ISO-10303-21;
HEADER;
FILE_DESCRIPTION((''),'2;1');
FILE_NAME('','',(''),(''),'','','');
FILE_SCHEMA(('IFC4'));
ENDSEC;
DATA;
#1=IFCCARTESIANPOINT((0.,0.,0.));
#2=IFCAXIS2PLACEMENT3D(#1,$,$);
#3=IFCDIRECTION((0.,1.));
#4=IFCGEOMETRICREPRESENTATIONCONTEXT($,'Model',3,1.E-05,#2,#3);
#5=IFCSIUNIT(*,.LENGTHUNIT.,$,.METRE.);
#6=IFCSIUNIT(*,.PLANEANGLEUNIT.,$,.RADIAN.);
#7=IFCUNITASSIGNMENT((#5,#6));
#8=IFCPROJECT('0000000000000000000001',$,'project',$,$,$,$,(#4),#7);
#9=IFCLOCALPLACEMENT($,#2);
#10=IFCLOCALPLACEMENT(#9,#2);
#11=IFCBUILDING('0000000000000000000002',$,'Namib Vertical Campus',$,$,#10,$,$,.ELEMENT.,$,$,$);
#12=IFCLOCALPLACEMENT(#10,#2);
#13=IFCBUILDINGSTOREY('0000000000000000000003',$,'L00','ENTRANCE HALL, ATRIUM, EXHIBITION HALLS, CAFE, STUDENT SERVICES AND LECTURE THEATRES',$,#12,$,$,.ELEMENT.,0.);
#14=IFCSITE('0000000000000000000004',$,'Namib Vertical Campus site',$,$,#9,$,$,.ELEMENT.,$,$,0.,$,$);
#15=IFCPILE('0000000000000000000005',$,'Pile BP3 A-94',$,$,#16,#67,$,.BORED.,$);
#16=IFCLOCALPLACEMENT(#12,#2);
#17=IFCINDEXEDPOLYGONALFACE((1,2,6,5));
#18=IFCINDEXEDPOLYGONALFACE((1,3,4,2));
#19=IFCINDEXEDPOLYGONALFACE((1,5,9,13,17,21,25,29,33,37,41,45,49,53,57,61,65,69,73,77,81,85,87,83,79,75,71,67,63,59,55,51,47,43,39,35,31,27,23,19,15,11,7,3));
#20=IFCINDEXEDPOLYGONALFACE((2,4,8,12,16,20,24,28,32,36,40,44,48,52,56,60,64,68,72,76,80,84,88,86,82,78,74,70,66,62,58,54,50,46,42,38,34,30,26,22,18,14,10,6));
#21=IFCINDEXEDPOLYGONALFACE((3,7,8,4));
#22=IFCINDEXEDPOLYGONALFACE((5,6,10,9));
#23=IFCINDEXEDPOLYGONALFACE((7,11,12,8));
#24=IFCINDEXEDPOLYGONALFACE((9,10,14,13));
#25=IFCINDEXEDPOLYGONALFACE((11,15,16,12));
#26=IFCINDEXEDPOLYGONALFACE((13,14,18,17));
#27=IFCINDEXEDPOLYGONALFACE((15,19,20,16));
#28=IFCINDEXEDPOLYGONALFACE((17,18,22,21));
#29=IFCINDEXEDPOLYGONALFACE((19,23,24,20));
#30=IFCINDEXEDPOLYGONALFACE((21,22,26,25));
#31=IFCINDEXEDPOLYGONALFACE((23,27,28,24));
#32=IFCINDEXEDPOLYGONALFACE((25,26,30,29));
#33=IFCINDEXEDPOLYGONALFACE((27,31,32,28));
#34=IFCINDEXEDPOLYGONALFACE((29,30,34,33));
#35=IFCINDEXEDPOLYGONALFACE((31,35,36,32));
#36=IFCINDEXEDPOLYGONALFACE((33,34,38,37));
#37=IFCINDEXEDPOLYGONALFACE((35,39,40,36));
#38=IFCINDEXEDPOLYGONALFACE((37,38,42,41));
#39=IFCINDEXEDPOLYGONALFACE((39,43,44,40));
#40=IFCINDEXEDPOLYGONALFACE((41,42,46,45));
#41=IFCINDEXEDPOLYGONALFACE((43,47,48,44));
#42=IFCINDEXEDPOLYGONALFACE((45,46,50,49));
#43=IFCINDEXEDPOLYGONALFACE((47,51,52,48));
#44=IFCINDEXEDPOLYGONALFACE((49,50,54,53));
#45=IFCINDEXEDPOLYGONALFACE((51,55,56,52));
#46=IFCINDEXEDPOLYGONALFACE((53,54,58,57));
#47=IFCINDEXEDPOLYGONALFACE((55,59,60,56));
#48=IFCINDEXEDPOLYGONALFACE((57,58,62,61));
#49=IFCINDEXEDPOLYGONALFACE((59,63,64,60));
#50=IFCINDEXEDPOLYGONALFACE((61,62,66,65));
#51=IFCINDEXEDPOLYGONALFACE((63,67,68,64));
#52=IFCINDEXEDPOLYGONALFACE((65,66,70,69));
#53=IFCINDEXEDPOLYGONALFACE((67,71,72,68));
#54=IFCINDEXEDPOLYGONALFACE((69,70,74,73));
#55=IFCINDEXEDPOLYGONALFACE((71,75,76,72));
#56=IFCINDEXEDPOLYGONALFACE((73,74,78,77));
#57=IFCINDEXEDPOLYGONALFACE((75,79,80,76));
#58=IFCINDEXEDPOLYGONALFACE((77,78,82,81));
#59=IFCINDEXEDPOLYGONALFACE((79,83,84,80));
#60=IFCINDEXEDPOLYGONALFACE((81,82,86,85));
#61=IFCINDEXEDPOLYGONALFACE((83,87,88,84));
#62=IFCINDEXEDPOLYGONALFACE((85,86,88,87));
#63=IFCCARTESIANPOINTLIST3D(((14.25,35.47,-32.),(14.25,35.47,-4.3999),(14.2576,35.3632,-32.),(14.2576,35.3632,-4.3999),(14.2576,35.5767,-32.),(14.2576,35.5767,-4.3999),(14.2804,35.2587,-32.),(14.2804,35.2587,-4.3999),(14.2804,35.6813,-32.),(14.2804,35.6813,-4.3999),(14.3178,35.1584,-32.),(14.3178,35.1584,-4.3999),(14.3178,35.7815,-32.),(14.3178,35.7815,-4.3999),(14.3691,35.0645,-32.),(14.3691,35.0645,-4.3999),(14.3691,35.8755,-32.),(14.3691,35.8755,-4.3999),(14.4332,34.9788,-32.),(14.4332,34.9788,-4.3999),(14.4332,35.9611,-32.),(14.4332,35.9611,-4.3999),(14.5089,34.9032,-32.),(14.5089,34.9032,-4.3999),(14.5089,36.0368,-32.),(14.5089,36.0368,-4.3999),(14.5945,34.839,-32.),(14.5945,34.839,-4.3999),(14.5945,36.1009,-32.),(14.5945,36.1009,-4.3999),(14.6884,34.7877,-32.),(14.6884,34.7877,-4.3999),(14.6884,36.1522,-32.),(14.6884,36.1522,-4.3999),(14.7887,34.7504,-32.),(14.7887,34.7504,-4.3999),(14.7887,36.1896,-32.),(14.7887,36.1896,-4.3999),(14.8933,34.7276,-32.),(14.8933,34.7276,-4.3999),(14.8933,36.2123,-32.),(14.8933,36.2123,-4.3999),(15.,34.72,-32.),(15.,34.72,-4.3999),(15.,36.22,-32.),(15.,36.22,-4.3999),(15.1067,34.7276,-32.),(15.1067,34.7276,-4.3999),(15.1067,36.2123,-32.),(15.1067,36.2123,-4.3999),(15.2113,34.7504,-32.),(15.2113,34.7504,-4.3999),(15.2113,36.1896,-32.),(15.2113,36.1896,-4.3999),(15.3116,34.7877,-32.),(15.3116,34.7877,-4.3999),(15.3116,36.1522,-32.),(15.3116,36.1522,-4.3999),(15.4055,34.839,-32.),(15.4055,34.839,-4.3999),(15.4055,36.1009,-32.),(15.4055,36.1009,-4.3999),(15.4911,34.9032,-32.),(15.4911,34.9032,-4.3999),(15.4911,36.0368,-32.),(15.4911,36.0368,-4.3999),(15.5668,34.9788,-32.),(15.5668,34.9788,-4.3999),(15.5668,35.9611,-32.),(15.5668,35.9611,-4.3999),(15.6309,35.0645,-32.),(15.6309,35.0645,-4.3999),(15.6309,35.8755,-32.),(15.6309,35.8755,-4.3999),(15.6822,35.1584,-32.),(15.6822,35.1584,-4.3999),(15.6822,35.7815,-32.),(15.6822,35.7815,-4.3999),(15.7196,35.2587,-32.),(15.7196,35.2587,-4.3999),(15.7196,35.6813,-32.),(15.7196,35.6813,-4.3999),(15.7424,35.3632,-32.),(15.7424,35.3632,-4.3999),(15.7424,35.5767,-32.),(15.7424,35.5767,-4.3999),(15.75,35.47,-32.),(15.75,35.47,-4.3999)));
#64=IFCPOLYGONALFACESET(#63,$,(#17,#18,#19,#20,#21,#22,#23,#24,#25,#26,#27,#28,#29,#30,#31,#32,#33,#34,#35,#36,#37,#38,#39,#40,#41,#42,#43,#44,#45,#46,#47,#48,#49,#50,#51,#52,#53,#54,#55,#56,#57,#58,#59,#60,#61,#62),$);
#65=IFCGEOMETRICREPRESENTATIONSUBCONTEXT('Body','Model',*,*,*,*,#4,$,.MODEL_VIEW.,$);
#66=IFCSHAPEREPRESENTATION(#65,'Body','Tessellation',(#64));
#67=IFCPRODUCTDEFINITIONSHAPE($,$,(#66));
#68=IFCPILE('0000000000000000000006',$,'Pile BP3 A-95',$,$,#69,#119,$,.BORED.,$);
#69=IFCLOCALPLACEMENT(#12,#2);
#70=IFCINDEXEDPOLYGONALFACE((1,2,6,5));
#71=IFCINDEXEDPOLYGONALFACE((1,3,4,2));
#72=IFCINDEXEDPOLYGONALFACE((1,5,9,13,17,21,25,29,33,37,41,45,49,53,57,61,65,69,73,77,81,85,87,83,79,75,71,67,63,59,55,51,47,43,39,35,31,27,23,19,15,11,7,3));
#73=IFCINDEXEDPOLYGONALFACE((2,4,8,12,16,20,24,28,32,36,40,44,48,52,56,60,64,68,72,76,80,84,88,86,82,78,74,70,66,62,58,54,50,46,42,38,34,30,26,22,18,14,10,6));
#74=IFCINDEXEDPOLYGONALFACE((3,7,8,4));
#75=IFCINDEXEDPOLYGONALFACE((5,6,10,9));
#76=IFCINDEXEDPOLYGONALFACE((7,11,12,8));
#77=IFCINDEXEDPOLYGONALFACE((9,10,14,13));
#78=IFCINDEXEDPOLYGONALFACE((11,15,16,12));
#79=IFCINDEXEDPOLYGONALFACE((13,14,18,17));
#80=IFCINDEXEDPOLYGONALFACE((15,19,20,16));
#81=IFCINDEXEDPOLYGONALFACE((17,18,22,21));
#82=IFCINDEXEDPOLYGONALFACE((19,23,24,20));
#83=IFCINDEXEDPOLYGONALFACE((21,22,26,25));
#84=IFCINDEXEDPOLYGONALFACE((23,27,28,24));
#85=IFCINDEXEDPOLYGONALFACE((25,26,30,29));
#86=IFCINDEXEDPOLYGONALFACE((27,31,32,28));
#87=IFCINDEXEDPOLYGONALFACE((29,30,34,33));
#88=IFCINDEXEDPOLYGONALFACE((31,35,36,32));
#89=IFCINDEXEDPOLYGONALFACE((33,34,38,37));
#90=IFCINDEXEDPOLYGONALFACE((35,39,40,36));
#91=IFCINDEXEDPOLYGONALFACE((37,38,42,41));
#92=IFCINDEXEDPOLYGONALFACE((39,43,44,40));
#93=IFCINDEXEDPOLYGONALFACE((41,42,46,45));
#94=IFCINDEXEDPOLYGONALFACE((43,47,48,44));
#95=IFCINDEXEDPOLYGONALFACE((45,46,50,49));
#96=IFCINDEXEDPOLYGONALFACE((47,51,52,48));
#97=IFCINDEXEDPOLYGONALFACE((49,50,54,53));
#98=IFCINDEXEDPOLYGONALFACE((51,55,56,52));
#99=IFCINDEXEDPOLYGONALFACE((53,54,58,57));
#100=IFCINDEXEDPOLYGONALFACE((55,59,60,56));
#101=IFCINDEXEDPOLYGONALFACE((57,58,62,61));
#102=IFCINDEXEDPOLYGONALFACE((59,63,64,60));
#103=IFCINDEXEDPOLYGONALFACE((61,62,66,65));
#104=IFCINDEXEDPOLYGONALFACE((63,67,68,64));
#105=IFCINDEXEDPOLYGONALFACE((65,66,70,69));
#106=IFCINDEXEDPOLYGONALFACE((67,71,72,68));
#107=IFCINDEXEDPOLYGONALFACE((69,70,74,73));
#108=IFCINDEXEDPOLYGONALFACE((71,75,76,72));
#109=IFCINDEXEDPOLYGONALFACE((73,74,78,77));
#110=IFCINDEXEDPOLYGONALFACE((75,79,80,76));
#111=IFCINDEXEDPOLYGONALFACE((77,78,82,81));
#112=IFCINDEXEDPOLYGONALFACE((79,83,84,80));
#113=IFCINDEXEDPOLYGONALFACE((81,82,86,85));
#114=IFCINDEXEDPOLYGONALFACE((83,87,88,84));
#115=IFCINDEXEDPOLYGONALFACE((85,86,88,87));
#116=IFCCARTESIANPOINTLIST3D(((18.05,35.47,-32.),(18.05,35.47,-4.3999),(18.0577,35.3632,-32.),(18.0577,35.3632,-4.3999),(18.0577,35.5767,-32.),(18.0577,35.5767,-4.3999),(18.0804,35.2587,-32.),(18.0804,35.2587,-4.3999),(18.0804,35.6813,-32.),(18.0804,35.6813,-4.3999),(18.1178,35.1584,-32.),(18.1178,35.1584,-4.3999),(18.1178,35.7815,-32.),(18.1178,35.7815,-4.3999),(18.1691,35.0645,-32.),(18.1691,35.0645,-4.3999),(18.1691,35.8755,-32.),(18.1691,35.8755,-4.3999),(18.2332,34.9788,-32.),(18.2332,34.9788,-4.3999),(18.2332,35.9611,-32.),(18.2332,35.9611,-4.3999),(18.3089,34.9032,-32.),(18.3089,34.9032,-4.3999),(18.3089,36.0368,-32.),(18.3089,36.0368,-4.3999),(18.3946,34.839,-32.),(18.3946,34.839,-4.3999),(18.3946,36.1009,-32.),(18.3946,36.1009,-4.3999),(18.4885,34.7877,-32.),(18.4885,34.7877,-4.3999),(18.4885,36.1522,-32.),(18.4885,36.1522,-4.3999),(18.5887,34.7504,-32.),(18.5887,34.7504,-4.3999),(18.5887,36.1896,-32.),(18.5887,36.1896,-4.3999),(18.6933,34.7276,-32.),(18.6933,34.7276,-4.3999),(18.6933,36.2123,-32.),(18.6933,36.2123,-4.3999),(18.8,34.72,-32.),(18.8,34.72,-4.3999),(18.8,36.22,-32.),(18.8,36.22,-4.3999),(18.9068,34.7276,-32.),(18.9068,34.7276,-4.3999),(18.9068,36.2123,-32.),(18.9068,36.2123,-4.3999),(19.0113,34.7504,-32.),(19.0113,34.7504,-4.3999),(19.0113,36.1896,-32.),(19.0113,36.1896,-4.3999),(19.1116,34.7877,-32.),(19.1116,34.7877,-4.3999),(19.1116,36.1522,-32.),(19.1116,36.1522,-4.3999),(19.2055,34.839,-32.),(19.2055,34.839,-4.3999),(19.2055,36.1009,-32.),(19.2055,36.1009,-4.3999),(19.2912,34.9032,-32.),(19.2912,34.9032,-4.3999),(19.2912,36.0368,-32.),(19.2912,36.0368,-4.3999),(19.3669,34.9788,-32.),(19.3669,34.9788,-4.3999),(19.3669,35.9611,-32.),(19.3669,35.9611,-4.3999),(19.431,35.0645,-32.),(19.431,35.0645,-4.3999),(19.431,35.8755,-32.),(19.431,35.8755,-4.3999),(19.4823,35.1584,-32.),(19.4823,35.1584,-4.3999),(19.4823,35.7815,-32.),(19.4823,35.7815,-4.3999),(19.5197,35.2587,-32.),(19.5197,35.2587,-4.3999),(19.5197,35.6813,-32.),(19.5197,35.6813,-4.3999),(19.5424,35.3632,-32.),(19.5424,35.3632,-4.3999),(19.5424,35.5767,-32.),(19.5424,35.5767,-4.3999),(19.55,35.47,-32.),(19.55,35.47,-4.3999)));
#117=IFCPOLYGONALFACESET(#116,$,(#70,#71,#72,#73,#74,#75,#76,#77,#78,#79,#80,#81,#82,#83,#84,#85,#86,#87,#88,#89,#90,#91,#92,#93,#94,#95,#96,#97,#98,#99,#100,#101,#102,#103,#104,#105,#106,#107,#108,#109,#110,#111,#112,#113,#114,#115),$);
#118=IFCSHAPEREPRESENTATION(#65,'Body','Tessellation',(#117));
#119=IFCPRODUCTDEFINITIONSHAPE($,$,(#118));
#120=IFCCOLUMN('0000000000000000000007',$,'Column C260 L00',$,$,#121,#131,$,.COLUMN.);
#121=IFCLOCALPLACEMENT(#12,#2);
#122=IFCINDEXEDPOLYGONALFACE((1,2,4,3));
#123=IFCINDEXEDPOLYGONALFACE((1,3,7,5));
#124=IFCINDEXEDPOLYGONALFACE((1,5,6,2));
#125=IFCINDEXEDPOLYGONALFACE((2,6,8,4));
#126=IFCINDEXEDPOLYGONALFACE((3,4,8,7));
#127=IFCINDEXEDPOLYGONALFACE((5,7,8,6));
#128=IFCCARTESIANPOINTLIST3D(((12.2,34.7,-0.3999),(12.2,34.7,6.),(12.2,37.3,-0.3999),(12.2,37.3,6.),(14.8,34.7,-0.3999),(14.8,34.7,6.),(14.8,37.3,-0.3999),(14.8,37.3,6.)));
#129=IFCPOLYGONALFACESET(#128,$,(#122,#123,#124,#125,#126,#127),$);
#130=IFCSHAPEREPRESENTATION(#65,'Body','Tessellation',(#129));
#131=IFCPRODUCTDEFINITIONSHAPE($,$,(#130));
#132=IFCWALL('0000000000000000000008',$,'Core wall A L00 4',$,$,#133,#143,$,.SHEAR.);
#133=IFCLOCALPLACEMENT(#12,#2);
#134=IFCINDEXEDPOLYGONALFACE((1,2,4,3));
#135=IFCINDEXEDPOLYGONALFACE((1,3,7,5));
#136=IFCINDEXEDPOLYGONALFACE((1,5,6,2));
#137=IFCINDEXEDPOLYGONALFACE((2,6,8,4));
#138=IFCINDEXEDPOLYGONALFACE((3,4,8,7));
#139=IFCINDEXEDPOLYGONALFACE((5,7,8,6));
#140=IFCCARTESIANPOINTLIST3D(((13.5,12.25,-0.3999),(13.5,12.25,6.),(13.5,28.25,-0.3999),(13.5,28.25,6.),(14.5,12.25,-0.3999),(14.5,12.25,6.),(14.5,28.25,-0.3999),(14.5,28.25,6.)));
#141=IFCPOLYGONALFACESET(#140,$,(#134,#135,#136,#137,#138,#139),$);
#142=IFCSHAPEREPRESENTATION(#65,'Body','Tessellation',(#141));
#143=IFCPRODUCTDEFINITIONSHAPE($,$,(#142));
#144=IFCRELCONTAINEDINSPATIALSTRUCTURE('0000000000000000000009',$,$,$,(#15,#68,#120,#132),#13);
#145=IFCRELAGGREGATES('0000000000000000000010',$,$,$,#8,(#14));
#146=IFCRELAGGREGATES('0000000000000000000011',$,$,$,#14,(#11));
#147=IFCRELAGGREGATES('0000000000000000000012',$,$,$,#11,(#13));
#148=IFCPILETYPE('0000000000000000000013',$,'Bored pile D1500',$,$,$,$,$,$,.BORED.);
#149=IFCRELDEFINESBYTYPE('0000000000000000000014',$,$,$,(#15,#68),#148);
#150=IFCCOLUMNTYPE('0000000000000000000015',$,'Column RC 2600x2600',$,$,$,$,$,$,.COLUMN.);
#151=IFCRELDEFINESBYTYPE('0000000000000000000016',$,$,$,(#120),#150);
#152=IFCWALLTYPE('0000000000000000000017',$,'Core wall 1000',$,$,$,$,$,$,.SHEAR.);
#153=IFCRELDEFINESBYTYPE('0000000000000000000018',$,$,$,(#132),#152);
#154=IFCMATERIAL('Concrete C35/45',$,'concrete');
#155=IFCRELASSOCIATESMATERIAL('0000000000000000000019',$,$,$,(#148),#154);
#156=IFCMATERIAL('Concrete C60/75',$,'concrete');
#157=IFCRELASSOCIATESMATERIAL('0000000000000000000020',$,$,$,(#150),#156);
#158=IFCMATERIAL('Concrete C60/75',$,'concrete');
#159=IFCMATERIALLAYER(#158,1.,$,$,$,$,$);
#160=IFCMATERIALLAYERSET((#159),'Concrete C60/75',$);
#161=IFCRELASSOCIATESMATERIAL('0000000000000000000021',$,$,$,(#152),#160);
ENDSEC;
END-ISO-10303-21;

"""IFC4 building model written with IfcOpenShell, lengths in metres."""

from ifc_helpers import new_model, si_unit, direction, frame, frame_2d, origin, origin_2d, place, context, subcontext, project, spatial, rectangle, circle, extrude, material, layer, layer_set, material_profile, profile_set, type_object, element, save


model = new_model("IFC4")

# Units and contexts
model_context = context("Model", 3, precision=1e-05, world=origin(), true_north=direction((0.0, 1.0)))
body_context = subcontext(model_context, "Body", "Model", "MODEL_VIEW")
ifc_project = project(units=[si_unit("LENGTHUNIT", "METRE"), si_unit("PLANEANGLEUNIT", "RADIAN")], contexts=[model_context])

# Site, building, storey
site_placement = place(None, origin())
site = spatial("IfcSite", under=ifc_project, at=site_placement, Name="Namib Vertical Campus site", CompositionType="ELEMENT", RefElevation=0.0)
building_placement = place(site_placement, origin())
building = spatial("IfcBuilding", under=site, at=building_placement, Name="Namib Vertical Campus", CompositionType="ELEMENT")
storey_placement = place(building_placement, origin())
storey = spatial("IfcBuildingStorey", under=building, at=storey_placement, Name="L00", Description="ENTRANCE HALL, ATRIUM, EXHIBITION HALLS, CAFE, STUDENT SERVICES AND LECTURE THEATRES", CompositionType="ELEMENT", Elevation=0.0)

# Piles
ifc_material_1 = material(Name="Concrete C35/45", Category="concrete")
ifc_material_profile_1 = material_profile(ifc_material_1, circle(Radius=0.75, at=origin_2d()))
ifc_profile_set_1 = profile_set([ifc_material_profile_1], Name="Concrete C35/45")
pile_type = type_object("IfcPileType", Name="Bored pile D1500", PredefinedType="BORED", material=ifc_profile_set_1)
for number, where, z_axis, x_axis, name in (
    (1, (15.0, 35.47, -4.3999), (0.0, 0.0, -1.0), (1.0, 0.0, 0.0), "Pile BP3 A-94"),
    (2, (18.8, 35.47, -4.3999), (0.0, 0.0, -1.0), (1.0, 0.0, 0.0), "Pile BP3 A-95"),
):
    element("IfcPile", number, at=place(storey_placement, frame(where, z_axis=z_axis, x_axis=x_axis)), inside=storey, type_object=pile_type, Name=name, PredefinedType="BORED", context=body_context, shape_type="SweptSolid", body=[
        extrude(circle(Radius=0.75, at=origin_2d()), origin(), (0.0, 0.0, 1.0), 27.6001),
    ])

# Column
ifc_material_2 = material(Name="Concrete C60/75", Category="concrete")
ifc_material_profile_2 = material_profile(ifc_material_2, rectangle(XDim=2.6001, YDim=2.6001, at=origin_2d()))
ifc_profile_set_2 = profile_set([ifc_material_profile_2], Name="Concrete C60/75")
column_type = type_object("IfcColumnType", Name="Column RC 2600x2600", PredefinedType="COLUMN", material=ifc_profile_set_2)
column_placement = place(storey_placement, frame((13.5, 36.0, -0.3999), z_axis=(0.0, 0.0, 1.0), x_axis=(1.0, 0.0, 0.0)))
element("IfcColumn", 3, at=column_placement, inside=storey, type_object=column_type, Name="Column C260 L00", PredefinedType="COLUMN", context=body_context, shape_type="SweptSolid", body=[
    extrude(rectangle(XDim=2.6001, YDim=2.6001, at=origin_2d()), origin(), (0.0, 0.0, 1.0), 6.3999),
])

# Wall
ifc_material_3 = material(Name="Concrete C60/75", Category="concrete")
ifc_layer_1 = layer(ifc_material_3, 1.0)
ifc_layer_set_1 = layer_set([ifc_layer_1], Name="Concrete C60/75")
wall_type_1 = type_object("IfcWallType", Name="Core wall 1000", PredefinedType="SHEAR", material=ifc_layer_set_1)
wall_1_placement = place(storey_placement, frame((14.0, 28.25, -0.3999), z_axis=(0.0, 0.0, 1.0), x_axis=(0.0, -1.0, 0.0)))
element("IfcWall", 4, at=wall_1_placement, inside=storey, type_object=wall_type_1, Name="Core wall A L00 4", PredefinedType="SHEAR", context=body_context, shape_type="SweptSolid", body=[
    extrude(rectangle(XDim=16.0, YDim=1.0, at=frame_2d((8.0, 0.0))), origin(), (0.0, 0.0, 1.0), 6.3999),
])

save(model, "model.ifc")
